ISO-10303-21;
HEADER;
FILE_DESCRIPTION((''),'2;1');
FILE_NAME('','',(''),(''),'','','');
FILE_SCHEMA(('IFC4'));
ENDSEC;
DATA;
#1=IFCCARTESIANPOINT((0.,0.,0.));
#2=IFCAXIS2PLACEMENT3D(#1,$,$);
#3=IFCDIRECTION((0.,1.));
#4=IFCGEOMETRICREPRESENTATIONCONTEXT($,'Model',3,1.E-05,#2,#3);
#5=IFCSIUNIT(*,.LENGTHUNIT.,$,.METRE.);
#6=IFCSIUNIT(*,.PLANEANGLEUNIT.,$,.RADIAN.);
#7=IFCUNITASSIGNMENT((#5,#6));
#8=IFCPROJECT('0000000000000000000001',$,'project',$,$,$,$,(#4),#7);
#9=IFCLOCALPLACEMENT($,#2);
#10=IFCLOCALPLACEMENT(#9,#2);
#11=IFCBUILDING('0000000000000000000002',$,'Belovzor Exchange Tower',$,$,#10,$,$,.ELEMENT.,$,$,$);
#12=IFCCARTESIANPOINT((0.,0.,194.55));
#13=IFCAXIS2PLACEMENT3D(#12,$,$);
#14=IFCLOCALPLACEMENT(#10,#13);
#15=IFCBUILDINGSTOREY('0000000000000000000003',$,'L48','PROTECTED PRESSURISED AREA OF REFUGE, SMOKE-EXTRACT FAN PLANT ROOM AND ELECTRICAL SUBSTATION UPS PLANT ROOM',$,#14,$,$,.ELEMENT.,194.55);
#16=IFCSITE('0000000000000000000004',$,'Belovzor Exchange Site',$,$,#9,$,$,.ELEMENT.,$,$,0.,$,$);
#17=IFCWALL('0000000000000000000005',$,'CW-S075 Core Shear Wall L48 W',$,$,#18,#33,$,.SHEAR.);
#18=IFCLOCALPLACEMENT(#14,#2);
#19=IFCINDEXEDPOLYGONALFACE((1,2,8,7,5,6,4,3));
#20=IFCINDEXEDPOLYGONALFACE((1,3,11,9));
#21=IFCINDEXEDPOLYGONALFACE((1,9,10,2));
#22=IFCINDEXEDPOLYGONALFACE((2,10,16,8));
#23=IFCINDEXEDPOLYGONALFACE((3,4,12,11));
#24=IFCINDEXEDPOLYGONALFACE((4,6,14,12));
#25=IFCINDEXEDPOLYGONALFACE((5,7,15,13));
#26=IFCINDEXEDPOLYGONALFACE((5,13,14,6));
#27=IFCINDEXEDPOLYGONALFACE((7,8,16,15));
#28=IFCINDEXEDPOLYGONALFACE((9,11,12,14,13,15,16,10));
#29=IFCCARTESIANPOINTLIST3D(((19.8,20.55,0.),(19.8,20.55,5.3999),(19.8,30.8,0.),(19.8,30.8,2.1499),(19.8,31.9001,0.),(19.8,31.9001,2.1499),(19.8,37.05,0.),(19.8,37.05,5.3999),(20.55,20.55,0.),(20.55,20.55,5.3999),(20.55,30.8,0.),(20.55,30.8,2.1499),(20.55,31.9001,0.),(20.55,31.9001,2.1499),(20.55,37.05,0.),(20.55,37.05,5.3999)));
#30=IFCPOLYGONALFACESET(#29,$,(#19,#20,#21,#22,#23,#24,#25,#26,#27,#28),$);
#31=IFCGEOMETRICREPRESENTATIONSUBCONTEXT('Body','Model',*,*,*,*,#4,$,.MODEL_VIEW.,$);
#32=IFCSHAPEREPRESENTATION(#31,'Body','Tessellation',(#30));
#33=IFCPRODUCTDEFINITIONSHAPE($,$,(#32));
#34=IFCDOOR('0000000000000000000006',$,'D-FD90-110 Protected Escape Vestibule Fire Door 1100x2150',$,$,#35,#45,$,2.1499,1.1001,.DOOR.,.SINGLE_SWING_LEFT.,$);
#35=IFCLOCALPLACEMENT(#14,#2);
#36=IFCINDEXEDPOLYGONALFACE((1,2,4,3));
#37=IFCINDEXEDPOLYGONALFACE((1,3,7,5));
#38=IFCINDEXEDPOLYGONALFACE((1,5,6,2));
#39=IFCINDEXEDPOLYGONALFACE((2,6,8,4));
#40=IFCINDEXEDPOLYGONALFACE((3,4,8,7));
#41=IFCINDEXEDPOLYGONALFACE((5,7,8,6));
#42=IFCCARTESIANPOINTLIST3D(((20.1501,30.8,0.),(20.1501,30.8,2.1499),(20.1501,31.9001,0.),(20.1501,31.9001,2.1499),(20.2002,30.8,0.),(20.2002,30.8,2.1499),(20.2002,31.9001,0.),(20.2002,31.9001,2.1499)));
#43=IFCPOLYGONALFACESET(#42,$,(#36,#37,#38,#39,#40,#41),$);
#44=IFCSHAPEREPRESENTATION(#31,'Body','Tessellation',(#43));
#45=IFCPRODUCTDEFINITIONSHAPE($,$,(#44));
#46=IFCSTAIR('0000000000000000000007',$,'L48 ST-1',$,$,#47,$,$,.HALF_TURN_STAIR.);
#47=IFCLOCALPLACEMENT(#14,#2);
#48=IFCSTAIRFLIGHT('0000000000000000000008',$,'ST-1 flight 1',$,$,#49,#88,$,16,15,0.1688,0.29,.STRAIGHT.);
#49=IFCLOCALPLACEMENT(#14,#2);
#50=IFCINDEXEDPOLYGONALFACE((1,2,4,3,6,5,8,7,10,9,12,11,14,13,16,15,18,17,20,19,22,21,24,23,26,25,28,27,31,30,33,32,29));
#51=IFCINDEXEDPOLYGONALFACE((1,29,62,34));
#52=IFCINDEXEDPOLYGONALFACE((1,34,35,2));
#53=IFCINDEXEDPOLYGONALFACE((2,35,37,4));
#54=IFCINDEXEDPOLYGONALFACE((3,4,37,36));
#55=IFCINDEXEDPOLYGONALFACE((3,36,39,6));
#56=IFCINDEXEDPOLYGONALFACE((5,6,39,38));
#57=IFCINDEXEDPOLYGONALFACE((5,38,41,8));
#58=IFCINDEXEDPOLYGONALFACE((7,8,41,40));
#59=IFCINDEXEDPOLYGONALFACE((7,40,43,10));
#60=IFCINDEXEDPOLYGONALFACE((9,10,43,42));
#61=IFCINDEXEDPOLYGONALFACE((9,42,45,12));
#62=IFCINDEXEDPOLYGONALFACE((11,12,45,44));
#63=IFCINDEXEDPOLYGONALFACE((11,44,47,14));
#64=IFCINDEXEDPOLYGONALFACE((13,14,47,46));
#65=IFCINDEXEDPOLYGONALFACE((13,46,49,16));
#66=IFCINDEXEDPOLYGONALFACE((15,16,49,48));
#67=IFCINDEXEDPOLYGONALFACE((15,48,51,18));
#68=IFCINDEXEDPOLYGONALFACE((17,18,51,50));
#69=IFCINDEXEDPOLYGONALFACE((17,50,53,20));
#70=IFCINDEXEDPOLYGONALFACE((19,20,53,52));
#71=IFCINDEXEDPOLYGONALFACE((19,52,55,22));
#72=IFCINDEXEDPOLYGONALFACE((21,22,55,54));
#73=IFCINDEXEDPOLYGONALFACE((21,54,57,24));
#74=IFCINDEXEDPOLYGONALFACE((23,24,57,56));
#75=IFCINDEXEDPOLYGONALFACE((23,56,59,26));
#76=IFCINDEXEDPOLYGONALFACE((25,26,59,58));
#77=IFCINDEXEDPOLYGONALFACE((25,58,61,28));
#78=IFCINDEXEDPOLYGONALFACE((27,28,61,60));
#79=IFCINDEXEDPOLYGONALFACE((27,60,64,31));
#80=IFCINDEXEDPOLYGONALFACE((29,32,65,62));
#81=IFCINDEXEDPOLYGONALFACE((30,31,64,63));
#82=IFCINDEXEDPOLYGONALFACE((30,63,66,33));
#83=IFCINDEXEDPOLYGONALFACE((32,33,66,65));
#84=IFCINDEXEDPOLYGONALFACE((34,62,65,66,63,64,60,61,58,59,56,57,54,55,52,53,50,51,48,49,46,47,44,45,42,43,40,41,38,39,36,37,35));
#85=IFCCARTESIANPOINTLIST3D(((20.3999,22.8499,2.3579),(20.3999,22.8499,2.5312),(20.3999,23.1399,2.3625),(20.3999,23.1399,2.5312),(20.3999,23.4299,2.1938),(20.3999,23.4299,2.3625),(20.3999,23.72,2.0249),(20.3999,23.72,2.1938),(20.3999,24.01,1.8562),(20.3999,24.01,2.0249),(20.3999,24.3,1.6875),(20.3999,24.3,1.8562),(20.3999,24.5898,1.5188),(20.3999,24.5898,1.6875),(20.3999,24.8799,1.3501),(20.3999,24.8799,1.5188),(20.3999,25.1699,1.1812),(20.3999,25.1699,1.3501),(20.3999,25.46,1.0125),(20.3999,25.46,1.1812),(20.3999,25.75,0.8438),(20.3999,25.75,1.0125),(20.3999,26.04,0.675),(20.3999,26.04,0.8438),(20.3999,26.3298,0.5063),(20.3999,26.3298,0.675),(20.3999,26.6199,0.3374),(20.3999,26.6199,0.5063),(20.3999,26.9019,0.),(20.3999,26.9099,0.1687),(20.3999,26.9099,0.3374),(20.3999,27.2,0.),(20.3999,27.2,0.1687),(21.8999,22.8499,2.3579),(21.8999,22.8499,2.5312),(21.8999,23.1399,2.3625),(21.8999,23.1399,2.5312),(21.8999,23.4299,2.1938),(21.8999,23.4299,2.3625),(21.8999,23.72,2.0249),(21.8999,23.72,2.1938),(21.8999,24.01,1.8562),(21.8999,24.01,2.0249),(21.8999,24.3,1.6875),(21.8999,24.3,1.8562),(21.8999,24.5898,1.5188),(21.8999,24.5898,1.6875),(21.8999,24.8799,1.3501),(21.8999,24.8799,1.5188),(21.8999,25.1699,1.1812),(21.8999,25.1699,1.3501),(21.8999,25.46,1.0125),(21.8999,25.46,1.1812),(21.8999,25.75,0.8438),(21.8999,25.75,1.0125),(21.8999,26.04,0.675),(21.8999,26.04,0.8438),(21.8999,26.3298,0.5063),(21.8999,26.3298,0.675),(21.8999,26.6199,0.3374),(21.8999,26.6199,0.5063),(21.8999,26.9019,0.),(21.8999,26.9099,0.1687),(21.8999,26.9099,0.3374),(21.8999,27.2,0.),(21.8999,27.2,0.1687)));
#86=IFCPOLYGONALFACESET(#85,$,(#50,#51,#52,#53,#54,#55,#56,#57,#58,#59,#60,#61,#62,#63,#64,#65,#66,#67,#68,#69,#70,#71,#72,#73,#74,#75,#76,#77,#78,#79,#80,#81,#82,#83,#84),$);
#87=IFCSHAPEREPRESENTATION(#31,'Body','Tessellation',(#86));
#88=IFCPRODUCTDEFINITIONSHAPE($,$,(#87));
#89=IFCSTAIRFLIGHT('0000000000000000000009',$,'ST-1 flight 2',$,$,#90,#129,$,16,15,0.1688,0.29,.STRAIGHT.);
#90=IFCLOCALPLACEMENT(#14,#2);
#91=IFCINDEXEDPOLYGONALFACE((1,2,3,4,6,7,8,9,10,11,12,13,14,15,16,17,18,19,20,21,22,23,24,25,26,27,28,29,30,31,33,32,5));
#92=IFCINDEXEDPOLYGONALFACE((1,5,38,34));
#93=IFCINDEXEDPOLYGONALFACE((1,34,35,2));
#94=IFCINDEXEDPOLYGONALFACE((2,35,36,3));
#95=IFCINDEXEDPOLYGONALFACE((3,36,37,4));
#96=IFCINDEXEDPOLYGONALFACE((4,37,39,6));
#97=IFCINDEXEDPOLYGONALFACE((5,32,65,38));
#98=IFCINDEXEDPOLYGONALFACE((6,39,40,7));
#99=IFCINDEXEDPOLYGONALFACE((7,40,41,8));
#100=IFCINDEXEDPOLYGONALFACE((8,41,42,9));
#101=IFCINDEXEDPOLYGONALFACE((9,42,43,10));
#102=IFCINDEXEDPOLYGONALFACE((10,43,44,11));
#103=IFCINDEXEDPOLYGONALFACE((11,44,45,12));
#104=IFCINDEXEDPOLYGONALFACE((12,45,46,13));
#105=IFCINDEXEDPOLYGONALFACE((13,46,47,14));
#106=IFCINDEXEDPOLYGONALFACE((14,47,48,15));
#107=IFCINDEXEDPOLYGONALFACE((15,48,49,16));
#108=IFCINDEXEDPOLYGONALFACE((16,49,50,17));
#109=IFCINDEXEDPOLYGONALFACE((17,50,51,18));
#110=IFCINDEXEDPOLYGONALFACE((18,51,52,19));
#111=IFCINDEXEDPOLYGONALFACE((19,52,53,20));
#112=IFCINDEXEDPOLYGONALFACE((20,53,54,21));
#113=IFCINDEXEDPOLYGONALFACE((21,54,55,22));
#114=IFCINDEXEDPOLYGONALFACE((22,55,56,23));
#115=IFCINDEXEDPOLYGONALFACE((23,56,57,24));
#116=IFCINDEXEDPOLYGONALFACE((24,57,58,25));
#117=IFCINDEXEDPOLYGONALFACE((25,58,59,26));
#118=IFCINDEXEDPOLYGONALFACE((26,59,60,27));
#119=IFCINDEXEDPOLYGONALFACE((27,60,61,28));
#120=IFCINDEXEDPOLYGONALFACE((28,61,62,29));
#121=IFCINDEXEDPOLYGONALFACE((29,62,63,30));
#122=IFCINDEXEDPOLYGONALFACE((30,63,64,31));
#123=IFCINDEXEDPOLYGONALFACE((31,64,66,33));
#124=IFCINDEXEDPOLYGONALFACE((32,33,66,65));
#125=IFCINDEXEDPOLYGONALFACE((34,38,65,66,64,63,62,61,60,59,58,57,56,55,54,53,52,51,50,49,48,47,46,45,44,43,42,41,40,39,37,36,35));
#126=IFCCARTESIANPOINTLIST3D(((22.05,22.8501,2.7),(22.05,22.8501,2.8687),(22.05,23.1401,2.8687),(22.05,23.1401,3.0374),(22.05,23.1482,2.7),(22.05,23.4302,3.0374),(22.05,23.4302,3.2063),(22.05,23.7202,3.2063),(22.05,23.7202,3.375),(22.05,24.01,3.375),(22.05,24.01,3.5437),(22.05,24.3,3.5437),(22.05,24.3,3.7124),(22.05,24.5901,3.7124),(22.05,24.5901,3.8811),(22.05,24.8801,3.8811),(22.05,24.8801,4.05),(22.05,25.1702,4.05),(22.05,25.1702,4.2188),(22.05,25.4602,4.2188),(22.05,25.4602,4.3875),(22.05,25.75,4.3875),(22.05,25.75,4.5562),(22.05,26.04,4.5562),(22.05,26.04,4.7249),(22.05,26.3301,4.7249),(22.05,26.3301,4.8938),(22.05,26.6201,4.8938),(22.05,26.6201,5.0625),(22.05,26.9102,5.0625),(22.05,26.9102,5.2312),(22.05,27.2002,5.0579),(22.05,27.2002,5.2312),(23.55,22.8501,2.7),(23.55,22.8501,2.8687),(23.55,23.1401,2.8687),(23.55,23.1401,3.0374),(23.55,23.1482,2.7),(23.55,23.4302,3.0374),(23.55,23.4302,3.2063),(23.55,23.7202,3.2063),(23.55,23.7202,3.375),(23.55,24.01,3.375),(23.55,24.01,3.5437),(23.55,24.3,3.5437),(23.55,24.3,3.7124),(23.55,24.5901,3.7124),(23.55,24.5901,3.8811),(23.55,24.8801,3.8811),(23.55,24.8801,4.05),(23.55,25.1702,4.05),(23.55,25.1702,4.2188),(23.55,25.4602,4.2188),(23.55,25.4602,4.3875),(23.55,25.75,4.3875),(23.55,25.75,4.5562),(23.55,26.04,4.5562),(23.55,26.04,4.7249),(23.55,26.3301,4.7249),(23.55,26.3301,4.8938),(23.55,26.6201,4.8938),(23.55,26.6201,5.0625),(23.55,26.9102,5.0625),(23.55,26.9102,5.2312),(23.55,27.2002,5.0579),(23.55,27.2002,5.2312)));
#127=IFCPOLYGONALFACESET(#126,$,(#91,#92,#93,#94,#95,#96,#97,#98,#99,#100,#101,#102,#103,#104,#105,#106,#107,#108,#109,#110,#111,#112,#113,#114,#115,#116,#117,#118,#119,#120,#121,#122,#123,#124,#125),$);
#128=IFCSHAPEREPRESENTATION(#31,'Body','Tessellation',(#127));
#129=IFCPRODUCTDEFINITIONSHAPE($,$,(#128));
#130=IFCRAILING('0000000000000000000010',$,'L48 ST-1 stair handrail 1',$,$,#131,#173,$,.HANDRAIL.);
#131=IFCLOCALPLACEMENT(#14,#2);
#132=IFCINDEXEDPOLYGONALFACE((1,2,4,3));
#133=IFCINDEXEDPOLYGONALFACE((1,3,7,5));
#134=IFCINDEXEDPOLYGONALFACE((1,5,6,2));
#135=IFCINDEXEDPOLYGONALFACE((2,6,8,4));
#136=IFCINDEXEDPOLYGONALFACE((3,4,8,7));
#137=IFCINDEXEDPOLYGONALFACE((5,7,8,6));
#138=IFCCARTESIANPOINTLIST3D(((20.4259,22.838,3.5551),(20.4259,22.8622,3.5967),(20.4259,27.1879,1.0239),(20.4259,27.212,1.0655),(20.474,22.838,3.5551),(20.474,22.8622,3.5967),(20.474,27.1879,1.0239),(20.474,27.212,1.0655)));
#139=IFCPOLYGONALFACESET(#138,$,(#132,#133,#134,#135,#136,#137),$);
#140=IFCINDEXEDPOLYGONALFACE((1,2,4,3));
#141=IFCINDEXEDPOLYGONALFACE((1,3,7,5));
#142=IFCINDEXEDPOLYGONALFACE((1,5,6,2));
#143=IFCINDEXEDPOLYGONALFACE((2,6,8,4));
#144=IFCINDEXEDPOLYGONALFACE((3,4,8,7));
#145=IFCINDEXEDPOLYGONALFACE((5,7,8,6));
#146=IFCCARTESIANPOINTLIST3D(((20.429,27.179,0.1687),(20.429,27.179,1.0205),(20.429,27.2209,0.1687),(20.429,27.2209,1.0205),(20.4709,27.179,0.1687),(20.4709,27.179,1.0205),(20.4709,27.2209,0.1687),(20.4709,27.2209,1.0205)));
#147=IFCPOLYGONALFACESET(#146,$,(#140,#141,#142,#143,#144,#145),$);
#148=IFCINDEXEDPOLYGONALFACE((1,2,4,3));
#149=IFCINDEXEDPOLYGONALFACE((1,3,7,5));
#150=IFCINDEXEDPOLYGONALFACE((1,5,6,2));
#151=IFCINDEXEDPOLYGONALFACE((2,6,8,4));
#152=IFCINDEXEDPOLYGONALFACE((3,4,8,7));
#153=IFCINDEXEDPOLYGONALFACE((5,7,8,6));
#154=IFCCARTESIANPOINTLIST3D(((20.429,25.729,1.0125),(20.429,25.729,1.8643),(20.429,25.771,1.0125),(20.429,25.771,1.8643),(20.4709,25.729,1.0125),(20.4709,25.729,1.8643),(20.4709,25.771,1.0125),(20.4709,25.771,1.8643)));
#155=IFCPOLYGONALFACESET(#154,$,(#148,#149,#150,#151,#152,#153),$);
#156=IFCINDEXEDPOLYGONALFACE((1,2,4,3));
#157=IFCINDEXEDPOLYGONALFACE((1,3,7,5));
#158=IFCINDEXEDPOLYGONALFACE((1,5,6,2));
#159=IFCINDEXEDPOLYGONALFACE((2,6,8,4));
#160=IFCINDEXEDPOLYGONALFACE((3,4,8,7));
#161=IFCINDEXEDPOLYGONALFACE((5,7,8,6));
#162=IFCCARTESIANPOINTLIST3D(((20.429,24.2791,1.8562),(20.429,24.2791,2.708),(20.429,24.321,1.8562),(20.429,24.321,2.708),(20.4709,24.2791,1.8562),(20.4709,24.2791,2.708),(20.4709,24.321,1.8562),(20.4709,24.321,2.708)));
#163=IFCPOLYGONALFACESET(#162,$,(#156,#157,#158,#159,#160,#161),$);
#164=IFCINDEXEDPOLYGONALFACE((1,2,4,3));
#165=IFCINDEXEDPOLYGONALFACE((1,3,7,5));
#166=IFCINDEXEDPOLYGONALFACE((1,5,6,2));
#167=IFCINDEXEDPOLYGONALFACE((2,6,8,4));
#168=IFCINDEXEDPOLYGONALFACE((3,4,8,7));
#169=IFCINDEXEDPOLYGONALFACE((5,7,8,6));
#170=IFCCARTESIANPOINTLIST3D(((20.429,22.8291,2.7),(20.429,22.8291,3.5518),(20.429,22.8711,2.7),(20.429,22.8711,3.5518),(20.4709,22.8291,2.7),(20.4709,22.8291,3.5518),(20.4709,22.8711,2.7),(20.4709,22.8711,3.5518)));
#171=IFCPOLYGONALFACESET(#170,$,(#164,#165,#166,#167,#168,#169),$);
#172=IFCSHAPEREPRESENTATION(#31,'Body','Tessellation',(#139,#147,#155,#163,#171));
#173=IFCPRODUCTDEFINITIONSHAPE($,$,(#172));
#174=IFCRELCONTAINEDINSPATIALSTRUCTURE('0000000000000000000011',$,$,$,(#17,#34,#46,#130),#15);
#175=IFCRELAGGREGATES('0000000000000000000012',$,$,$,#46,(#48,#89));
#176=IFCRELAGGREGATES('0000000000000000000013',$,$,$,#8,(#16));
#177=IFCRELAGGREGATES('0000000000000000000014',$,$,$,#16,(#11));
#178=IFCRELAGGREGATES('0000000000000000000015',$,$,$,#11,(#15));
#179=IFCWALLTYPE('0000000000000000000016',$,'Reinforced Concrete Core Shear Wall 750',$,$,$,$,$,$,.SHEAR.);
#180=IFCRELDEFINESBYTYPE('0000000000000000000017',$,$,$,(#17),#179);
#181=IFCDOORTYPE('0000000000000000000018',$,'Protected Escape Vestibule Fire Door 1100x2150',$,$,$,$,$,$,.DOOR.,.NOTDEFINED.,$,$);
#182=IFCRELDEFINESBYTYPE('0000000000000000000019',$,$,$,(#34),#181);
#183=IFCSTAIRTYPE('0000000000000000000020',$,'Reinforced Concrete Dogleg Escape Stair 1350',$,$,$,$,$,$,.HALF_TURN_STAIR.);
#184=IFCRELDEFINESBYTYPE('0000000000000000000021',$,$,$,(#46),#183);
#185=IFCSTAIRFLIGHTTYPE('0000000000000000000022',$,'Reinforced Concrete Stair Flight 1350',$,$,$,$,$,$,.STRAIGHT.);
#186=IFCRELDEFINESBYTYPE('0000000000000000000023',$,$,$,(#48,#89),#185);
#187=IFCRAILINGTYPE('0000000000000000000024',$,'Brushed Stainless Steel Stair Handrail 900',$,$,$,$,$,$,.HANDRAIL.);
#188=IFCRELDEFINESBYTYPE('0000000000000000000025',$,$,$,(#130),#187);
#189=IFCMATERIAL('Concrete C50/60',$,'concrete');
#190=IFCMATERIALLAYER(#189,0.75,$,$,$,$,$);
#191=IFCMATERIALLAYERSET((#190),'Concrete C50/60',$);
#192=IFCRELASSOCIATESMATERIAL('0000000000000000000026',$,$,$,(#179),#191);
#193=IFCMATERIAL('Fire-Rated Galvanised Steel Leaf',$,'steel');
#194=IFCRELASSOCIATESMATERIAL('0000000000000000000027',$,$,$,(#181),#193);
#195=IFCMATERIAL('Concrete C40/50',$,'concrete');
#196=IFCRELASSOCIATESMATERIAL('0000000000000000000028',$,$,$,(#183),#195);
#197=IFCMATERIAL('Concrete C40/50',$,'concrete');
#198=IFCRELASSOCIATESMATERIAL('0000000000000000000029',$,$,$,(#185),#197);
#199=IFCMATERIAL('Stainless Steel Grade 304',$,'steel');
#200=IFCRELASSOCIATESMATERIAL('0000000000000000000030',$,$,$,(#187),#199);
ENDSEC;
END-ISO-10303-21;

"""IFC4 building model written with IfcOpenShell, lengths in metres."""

from ifc_helpers import new_model, si_unit, direction, frame, frame_2d, origin, origin_2d, place, context, subcontext, project, spatial, polyline, rectangle, outline, extrude, material, layer, layer_set, type_object, element, fill, aggregate, save


model = new_model("IFC4")

# Units and contexts
model_context = context("Model", 3, precision=1e-05, world=origin(), true_north=direction((0.0, 1.0)))
body_context = subcontext(model_context, "Body", "Model", "MODEL_VIEW")
ifc_project = project(units=[si_unit("LENGTHUNIT", "METRE"), si_unit("PLANEANGLEUNIT", "RADIAN")], contexts=[model_context])

# Site, building, storey
site_placement = place(None, origin())
site = spatial("IfcSite", under=ifc_project, at=site_placement, Name="Belovzor Exchange Site", CompositionType="ELEMENT", RefElevation=0.0)
building_placement = place(site_placement, origin())
building = spatial("IfcBuilding", under=site, at=building_placement, Name="Belovzor Exchange Tower", CompositionType="ELEMENT")
storey_placement = place(building_placement, frame((0.0, 0.0, 194.55)))
storey = spatial("IfcBuildingStorey", under=building, at=storey_placement, Name="L48", Description="PROTECTED PRESSURISED AREA OF REFUGE, SMOKE-EXTRACT FAN PLANT ROOM AND ELECTRICAL SUBSTATION UPS PLANT ROOM", CompositionType="ELEMENT", Elevation=194.55)

# Wall, opening, door
ifc_material_1 = material(Name="Concrete C50/60", Category="concrete")
ifc_layer_1 = layer(ifc_material_1, 0.75)
ifc_layer_set_1 = layer_set([ifc_layer_1], Name="Concrete C50/60")
wall_type_1 = type_object("IfcWallType", Name="Reinforced Concrete Core Shear Wall 750", PredefinedType="SHEAR", material=ifc_layer_set_1)
wall_1_placement = place(storey_placement, frame((20.175, 20.55, 0.0), z_axis=(0.0, 0.0, 1.0), x_axis=(0.0, 1.0, 0.0)))
wall_1 = element("IfcWall", 1, at=wall_1_placement, inside=storey, type_object=wall_type_1, Name="CW-S075 Core Shear Wall L48 W", PredefinedType="SHEAR", context=body_context, shape_type="SweptSolid", body=[
    extrude(rectangle(XDim=16.5, YDim=0.75, at=frame_2d((8.25, 0.0))), origin(), (0.0, 0.0, 1.0), 5.3999),
])
opening_1_placement = place(wall_1_placement, frame((10.25, 0.0, 0.0)))
opening_1 = element("IfcOpeningElement", 2, at=opening_1_placement, cuts=wall_1, PredefinedType="OPENING", context=body_context, shape_type="SweptSolid", body=[
    extrude(rectangle(XDim=1.1001, YDim=2.1499, at=frame_2d((0.55, 1.075))), frame((0.0, 0.385, 0.0), z_axis=(0.0, -1.0, 0.0), x_axis=(1.0, 0.0, 0.0)), (0.0, 0.0, 1.0), 0.77),
])
ifc_material_2 = material(Name="Fire-Rated Galvanised Steel Leaf", Category="steel")
door_type_1 = type_object("IfcDoorType", Name="Protected Escape Vestibule Fire Door 1100x2150", OperationType="NOTDEFINED", PredefinedType="DOOR", material=ifc_material_2)
door_1_placement = place(opening_1_placement, origin())
door_1 = element("IfcDoor", 3, at=door_1_placement, inside=storey, type_object=door_type_1, Name="D-FD90-110 Protected Escape Vestibule Fire Door 1100x2150", OperationType="SINGLE_SWING_LEFT", OverallHeight=2.1499, OverallWidth=1.1001, PredefinedType="DOOR", context=body_context, shape_type="SweptSolid", body=[
    extrude(rectangle(XDim=1.1001, YDim=2.1499, at=frame_2d((0.55, 1.075))), frame((0.0, 0.0249, 0.0), z_axis=(0.0, -1.0, 0.0), x_axis=(1.0, 0.0, 0.0)), (0.0, 0.0, 1.0), 0.05),
])
fill(opening_1, door_1)

# Stair, stair flights
ifc_material_3 = material(Name="Concrete C40/50", Category="concrete")
stair_type = type_object("IfcStairType", Name="Reinforced Concrete Dogleg Escape Stair 1350", PredefinedType="HALF_TURN_STAIR", material=ifc_material_3)
stair_placement = place(storey_placement, origin())
stair = element("IfcStair", 4, at=stair_placement, inside=storey, type_object=stair_type, Name="L48 ST-1", PredefinedType="HALF_TURN_STAIR")
ifc_material_4 = material(Name="Concrete C40/50", Category="concrete")
stair_flight_type = type_object("IfcStairFlightType", Name="Reinforced Concrete Stair Flight 1350", PredefinedType="STRAIGHT", material=ifc_material_4)
stair_flight_1_placement = place(storey_placement, frame((21.1499, 27.2, 0.0), z_axis=(0.0, 0.0, 1.0), x_axis=(0.0, -1.0, 0.0)))
stair_flight_1 = element("IfcStairFlight", 5, at=stair_flight_1_placement, type_object=stair_flight_type, Name="ST-1 flight 1", NumberOfRisers=16, NumberOfTreads=15, PredefinedType="STRAIGHT", RiserHeight=0.1688, TreadLength=0.29, context=body_context, shape_type="SweptSolid", body=[
    extrude(outline(polyline([(0.0, 0.0), (0.0, 0.1687), (0.29, 0.1687), (0.29, 0.3374), (0.5801, 0.3374), (0.5801, 0.5063), (0.8701, 0.5063), (0.8701, 0.675), (1.1599, 0.675), (1.1599, 0.8438), (1.45, 0.8438), (1.45, 1.0125), (1.74, 1.0125), (1.74, 1.1812), (2.03, 1.1812), (2.03, 1.3501), (2.3201, 1.3501), (2.3201, 1.5188), (2.6101, 1.5188), (2.6101, 1.6875), (2.8999, 1.6875), (2.8999, 1.8562), (3.1899, 1.8562), (3.1899, 2.0249), (3.48, 2.0249), (3.48, 2.1938), (3.77, 2.1938), (3.77, 2.3625), (4.0601, 2.3625), (4.0601, 2.5312), (4.3501, 2.5312), (4.3501, 2.7), (4.3501, 2.3579), (0.2981, 0.0), (0.0, 0.0)])), frame((0.0, 0.75, 0.0), z_axis=(0.0, -1.0, 0.0), x_axis=(1.0, 0.0, 0.0)), (0.0, 0.0, 1.0), 1.5),
])
stair_flight_2_placement = place(storey_placement, frame((22.8, 22.8501, 2.7), z_axis=(0.0, 0.0, 1.0), x_axis=(0.0, 1.0, 0.0)))
stair_flight_2 = element("IfcStairFlight", 6, at=stair_flight_2_placement, type_object=stair_flight_type, Name="ST-1 flight 2", NumberOfRisers=16, NumberOfTreads=15, PredefinedType="STRAIGHT", RiserHeight=0.1688, TreadLength=0.29, context=body_context, shape_type="SweptSolid", body=[
    extrude(outline(polyline([(0.0, 0.0), (0.0, 0.1687), (0.29, 0.1687), (0.29, 0.3374), (0.5801, 0.3374), (0.5801, 0.5063), (0.8701, 0.5063), (0.8701, 0.675), (1.1599, 0.675), (1.1599, 0.8438), (1.45, 0.8438), (1.45, 1.0125), (1.74, 1.0125), (1.74, 1.1812), (2.03, 1.1812), (2.03, 1.3501), (2.3201, 1.3501), (2.3201, 1.5188), (2.6101, 1.5188), (2.6101, 1.6875), (2.8999, 1.6875), (2.8999, 1.8562), (3.1899, 1.8562), (3.1899, 2.0249), (3.48, 2.0249), (3.48, 2.1938), (3.77, 2.1938), (3.77, 2.3625), (4.0601, 2.3625), (4.0601, 2.5312), (4.3501, 2.5312), (4.3501, 2.7), (4.3501, 2.3579), (0.2981, 0.0), (0.0, 0.0)])), frame((0.0, 0.75, 0.0), z_axis=(0.0, -1.0, 0.0), x_axis=(1.0, 0.0, 0.0)), (0.0, 0.0, 1.0), 1.5),
])
aggregate(stair, [stair_flight_1, stair_flight_2])

# Railing
ifc_material_5 = material(Name="Stainless Steel Grade 304", Category="steel")
railing_type_1 = type_object("IfcRailingType", Name="Brushed Stainless Steel Stair Handrail 900", PredefinedType="HANDRAIL", material=ifc_material_5)
railing_1_placement = place(storey_placement, frame((20.45, 27.2, 0.1687)))
element("IfcRailing", 7, at=railing_1_placement, inside=storey, type_object=railing_type_1, Name="L48 ST-1 stair handrail 1", PredefinedType="HANDRAIL", context=body_context, shape_type="SweptSolid", body=[
    extrude(rectangle(XDim=0.0481, YDim=0.0481, at=origin_2d()), frame((0.0, 0.0, 0.876), z_axis=(0.0, -0.864312, 0.502957), x_axis=(1.0, 0.0, 0.0)), (0.0, 0.0, 1.0), 5.0327),
    extrude(rectangle(XDim=0.042, YDim=0.042, at=origin_2d()), origin(), (0.0, 0.0, 1.0), 0.8518),
    extrude(rectangle(XDim=0.042, YDim=0.042, at=origin_2d()), frame((0.0, -1.45, 0.8438)), (0.0, 0.0, 1.0), 0.8518),
    extrude(rectangle(XDim=0.042, YDim=0.042, at=origin_2d()), frame((0.0, -2.8999, 1.6875)), (0.0, 0.0, 1.0), 0.8518),
    extrude(rectangle(XDim=0.042, YDim=0.042, at=origin_2d()), frame((0.0, -4.3499, 2.5312)), (0.0, 0.0, 1.0), 0.8518),
])

save(model, "model.ifc")
